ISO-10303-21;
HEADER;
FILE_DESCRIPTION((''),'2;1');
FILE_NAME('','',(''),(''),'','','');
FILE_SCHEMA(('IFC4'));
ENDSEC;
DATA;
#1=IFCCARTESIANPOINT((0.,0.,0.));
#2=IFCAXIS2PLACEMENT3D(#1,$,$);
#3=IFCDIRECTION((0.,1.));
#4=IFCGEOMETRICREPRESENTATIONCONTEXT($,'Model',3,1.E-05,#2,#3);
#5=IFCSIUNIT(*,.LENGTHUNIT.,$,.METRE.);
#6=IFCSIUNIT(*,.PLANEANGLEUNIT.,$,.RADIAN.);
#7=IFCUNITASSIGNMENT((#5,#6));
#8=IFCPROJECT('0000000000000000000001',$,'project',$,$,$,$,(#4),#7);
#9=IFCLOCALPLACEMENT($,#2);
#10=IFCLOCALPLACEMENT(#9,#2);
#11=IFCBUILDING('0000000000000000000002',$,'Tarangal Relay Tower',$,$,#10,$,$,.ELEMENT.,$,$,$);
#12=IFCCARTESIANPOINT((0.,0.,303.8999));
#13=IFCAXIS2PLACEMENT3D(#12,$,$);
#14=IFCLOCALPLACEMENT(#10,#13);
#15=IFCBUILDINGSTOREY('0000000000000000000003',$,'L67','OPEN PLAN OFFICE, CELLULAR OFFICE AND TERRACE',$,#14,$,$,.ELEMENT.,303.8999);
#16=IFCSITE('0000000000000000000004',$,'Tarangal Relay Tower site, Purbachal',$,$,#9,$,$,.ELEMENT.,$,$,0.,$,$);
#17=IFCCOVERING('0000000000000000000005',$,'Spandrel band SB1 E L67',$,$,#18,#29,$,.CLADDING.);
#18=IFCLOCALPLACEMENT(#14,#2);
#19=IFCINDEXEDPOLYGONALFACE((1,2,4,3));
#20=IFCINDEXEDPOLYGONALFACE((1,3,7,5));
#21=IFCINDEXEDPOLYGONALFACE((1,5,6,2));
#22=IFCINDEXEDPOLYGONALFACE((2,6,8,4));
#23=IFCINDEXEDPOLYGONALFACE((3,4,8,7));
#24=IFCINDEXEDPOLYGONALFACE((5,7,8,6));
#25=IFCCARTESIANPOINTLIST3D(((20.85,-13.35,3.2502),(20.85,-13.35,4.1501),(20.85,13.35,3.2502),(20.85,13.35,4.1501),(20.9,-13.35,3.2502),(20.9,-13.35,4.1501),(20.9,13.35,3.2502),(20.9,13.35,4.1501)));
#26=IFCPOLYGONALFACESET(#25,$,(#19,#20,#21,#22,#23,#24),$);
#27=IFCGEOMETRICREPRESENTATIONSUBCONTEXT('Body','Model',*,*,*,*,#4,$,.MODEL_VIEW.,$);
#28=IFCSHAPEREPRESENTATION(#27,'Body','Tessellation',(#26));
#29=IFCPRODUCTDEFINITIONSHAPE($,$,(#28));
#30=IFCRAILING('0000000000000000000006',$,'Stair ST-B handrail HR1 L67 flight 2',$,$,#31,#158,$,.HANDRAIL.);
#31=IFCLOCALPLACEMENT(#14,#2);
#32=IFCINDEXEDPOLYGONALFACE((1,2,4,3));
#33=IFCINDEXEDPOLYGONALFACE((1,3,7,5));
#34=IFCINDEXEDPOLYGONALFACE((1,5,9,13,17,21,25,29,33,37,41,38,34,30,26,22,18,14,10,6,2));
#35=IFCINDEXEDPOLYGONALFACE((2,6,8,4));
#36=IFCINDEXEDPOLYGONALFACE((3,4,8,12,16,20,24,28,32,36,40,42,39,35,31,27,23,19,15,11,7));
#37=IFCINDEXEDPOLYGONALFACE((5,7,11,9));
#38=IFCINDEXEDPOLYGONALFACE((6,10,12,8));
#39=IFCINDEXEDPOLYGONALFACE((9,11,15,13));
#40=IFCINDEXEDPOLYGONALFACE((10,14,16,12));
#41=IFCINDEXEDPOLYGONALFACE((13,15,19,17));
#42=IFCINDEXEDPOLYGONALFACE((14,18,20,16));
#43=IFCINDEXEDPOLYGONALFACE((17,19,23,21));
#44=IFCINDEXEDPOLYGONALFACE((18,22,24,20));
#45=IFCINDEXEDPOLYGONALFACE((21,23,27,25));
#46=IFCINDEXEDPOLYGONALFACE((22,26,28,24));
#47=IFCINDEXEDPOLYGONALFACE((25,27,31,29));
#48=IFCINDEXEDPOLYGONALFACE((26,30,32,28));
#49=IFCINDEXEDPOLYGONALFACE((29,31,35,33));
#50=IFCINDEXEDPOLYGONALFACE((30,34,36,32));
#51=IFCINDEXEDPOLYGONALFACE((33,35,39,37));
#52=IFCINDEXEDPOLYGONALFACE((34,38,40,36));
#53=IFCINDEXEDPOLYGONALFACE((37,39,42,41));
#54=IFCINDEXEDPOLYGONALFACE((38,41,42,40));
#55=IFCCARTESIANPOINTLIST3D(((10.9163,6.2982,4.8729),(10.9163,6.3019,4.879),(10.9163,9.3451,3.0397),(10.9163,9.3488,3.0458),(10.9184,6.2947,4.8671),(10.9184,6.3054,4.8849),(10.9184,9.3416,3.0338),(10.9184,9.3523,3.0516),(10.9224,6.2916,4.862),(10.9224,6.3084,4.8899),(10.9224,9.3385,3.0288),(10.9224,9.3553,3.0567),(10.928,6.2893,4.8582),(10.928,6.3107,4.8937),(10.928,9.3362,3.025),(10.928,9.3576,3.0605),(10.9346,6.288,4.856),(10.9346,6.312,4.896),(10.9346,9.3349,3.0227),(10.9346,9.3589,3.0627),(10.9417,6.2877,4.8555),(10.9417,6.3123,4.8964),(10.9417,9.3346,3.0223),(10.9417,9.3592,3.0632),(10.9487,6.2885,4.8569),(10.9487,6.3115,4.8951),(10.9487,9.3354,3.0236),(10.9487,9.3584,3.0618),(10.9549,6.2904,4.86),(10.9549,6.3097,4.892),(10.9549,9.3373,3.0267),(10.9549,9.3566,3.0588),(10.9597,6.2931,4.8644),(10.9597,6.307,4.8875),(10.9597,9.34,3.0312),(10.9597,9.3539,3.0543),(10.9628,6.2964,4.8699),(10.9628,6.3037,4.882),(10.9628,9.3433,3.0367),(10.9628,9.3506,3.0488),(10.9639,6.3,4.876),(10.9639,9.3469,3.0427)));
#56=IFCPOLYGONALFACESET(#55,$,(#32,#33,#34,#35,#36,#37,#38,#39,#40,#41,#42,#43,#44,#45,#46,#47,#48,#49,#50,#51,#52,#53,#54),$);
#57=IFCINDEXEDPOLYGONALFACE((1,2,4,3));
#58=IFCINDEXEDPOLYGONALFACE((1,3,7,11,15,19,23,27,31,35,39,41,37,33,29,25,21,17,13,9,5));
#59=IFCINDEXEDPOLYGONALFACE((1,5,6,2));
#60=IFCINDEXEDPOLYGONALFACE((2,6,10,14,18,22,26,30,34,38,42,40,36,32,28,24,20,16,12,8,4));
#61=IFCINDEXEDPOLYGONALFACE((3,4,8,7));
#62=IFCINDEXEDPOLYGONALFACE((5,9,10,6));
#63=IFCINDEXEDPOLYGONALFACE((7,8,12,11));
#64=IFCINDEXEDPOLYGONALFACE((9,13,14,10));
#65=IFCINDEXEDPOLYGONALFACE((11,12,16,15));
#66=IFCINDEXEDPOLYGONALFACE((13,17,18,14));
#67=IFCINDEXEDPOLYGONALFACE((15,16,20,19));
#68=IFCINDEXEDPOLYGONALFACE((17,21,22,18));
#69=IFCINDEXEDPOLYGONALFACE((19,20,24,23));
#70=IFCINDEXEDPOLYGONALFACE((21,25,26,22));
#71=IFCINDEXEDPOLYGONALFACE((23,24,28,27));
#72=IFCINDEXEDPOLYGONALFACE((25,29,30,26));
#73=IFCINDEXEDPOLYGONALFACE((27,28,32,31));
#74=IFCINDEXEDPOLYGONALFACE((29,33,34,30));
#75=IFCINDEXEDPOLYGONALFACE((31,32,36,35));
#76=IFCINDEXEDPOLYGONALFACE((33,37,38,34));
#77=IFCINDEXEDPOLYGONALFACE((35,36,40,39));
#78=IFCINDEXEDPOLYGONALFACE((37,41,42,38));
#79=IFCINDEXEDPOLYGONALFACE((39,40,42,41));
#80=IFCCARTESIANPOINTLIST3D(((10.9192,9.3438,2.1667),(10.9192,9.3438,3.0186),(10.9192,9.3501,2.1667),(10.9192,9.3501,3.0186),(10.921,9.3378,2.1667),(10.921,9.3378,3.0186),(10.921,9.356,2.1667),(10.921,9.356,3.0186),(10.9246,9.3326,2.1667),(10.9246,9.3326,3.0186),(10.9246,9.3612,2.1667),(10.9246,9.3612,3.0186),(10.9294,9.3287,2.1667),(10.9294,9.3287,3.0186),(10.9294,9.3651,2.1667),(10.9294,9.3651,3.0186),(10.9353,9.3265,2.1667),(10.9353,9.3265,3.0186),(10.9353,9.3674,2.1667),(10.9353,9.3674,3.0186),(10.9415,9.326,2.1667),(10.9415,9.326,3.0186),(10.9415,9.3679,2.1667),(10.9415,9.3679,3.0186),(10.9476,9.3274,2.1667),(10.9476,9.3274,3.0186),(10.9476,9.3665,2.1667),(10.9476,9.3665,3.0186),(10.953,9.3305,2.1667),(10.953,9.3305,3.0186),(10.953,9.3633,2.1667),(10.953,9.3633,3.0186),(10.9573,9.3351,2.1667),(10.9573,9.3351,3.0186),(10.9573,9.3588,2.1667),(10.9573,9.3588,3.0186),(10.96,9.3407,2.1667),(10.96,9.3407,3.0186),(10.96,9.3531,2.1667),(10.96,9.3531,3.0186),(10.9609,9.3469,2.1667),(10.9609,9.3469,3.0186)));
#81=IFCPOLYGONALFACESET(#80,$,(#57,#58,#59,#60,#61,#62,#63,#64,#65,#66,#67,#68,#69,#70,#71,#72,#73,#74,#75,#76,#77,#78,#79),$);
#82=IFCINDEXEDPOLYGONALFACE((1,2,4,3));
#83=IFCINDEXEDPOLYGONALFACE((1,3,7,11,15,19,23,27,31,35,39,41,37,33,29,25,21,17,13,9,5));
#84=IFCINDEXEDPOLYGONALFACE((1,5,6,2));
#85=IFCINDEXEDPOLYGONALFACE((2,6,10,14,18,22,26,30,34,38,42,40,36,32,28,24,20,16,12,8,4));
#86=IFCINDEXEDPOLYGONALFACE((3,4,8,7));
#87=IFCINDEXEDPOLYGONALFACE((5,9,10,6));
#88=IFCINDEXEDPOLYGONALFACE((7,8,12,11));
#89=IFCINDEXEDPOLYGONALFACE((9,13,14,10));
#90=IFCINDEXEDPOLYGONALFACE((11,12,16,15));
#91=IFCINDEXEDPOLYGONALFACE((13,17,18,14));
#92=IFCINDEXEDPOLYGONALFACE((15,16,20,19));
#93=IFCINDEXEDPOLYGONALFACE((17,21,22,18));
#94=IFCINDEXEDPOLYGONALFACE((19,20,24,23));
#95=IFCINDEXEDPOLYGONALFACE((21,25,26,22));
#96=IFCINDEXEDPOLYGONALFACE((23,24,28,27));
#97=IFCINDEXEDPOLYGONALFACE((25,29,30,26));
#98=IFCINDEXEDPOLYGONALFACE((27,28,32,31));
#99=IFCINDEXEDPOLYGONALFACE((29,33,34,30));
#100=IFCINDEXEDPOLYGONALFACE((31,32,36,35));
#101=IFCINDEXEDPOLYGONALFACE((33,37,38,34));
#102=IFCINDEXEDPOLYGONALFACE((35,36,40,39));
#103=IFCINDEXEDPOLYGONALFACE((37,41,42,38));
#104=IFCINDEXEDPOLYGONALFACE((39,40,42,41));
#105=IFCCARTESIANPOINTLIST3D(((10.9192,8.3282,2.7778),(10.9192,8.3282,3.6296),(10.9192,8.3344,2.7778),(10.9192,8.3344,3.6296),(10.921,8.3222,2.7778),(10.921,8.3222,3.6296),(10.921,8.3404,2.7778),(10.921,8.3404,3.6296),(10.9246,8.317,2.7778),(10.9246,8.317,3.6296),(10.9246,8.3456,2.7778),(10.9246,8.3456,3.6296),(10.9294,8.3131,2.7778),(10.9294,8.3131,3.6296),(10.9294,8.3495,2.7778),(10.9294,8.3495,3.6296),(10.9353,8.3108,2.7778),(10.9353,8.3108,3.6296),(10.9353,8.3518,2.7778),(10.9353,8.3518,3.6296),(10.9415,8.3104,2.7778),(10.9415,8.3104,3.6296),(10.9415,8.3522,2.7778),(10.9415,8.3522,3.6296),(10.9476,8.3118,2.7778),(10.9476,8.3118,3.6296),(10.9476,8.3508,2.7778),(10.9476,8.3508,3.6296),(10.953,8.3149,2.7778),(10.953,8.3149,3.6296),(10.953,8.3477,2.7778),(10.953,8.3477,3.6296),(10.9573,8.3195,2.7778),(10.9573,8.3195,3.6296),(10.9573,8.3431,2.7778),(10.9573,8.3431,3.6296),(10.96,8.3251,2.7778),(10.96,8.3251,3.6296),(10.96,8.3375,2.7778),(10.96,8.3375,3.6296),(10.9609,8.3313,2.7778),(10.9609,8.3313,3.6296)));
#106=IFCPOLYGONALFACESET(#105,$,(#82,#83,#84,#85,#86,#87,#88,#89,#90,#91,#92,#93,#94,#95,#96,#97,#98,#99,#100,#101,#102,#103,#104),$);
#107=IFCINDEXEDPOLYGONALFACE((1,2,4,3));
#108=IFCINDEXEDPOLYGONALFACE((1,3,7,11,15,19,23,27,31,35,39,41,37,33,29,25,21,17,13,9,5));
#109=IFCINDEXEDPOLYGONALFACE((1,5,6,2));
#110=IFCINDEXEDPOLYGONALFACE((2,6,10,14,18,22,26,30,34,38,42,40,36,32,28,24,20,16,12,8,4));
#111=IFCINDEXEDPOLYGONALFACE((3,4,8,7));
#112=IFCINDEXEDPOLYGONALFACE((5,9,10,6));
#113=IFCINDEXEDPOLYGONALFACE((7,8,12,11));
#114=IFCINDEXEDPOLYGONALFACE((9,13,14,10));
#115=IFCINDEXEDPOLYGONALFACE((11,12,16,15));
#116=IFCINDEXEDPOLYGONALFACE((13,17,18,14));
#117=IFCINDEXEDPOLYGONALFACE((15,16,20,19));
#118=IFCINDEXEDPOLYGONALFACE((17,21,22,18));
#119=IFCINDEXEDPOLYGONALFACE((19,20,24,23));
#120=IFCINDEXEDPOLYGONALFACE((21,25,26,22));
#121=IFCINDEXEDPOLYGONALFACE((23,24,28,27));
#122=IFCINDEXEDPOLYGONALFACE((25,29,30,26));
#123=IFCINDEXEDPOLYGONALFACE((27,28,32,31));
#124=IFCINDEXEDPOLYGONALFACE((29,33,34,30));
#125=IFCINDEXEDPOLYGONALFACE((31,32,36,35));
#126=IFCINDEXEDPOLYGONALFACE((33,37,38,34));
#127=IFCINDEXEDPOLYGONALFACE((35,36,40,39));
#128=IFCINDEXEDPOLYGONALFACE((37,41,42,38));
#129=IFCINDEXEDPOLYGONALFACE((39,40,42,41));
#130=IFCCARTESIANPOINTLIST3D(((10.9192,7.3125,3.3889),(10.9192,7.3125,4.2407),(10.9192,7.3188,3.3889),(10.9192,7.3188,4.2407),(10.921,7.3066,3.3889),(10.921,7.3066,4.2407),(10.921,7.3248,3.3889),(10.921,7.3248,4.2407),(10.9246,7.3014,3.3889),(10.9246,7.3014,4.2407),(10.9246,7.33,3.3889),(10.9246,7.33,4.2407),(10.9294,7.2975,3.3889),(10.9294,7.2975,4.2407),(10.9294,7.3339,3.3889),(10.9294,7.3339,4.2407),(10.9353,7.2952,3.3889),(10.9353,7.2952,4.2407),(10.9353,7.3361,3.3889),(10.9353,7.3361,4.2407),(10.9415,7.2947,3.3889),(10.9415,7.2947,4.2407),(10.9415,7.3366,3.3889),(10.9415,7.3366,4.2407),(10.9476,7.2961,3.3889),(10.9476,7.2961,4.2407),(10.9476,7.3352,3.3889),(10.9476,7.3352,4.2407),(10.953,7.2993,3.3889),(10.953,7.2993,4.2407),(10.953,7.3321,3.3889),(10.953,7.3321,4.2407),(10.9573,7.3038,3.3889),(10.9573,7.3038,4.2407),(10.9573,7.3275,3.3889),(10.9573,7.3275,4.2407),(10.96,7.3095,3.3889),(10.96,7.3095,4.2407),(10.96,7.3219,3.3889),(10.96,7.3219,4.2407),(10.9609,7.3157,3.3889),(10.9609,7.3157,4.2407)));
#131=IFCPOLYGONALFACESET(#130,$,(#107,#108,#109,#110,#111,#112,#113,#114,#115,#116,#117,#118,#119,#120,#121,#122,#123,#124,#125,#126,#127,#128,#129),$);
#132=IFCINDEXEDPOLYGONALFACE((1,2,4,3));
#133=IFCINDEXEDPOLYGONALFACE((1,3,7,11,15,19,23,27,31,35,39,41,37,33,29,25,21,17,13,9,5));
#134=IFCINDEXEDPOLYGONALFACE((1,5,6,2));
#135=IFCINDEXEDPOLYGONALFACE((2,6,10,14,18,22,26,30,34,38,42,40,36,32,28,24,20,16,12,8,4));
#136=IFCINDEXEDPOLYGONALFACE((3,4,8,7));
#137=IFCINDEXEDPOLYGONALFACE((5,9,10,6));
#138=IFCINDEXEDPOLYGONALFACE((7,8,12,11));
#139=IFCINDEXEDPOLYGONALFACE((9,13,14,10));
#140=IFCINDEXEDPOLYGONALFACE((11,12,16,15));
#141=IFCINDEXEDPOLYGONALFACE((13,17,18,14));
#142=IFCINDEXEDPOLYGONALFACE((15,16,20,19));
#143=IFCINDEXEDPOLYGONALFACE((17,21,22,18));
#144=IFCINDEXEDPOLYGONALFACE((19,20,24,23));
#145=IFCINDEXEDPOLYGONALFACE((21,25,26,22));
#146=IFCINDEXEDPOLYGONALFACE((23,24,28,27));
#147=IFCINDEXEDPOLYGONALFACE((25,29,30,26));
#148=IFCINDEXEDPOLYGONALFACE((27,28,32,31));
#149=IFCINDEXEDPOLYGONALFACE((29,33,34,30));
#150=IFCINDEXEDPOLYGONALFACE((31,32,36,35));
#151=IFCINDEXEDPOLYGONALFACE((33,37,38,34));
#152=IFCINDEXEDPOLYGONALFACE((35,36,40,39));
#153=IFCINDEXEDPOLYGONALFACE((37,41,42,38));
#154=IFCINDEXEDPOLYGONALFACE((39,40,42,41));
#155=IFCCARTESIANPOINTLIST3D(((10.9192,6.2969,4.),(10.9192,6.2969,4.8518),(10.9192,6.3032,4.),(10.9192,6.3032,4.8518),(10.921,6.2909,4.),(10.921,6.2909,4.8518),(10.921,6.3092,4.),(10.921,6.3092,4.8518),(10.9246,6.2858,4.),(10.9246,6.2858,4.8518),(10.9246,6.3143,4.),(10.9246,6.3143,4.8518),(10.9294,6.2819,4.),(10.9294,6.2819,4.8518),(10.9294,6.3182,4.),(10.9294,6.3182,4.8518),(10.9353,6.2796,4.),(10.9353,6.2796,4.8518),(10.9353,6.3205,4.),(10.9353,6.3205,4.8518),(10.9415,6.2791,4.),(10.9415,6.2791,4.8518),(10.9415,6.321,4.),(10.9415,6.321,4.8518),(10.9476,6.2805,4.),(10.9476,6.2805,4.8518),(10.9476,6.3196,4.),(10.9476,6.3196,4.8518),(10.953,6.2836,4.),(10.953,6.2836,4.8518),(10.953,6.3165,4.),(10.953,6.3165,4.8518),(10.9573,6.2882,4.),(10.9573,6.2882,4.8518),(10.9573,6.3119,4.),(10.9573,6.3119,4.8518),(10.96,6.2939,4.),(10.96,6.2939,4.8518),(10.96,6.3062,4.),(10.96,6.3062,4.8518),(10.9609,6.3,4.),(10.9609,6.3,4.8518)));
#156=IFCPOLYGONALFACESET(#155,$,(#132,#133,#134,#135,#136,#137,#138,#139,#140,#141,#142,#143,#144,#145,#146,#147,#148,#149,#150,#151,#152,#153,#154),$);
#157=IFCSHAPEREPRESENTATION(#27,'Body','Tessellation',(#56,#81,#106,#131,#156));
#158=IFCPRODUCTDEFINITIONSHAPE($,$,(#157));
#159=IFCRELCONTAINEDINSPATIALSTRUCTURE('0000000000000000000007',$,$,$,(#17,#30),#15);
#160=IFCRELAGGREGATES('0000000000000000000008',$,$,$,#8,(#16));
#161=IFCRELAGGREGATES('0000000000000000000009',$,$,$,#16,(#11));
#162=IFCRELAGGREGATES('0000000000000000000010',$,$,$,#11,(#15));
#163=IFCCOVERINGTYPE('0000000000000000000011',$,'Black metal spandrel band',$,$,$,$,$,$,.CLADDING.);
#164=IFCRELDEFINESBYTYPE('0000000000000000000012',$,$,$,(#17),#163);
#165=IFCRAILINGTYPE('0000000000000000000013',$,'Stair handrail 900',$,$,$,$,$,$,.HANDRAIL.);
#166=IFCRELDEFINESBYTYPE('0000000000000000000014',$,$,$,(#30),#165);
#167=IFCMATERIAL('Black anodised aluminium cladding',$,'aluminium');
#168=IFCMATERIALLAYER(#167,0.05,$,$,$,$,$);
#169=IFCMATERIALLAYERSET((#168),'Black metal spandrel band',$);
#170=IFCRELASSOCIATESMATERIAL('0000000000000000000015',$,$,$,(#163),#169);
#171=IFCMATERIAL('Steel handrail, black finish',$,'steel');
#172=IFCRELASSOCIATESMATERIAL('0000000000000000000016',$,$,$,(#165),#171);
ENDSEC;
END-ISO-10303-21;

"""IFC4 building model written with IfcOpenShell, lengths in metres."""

from ifc_helpers import new_model, si_unit, direction, frame, origin, origin_2d, place, context, subcontext, project, spatial, rectangle, circle, extrude, material, layer, layer_set, type_object, element, save


model = new_model("IFC4")

# Units and contexts
model_context = context("Model", 3, precision=1e-05, world=origin(), true_north=direction((0.0, 1.0)))
body_context = subcontext(model_context, "Body", "Model", "MODEL_VIEW")
ifc_project = project(units=[si_unit("LENGTHUNIT", "METRE"), si_unit("PLANEANGLEUNIT", "RADIAN")], contexts=[model_context])

# Site, building, storey
site_placement = place(None, origin())
site = spatial("IfcSite", under=ifc_project, at=site_placement, Name="Tarangal Relay Tower site, Purbachal", CompositionType="ELEMENT", RefElevation=0.0)
building_placement = place(site_placement, origin())
building = spatial("IfcBuilding", under=site, at=building_placement, Name="Tarangal Relay Tower", CompositionType="ELEMENT")
storey_placement = place(building_placement, frame((0.0, 0.0, 303.8999)))
storey = spatial("IfcBuildingStorey", under=building, at=storey_placement, Name="L67", Description="OPEN PLAN OFFICE, CELLULAR OFFICE AND TERRACE", CompositionType="ELEMENT", Elevation=303.8999)

# Covering
ifc_material_1 = material(Name="Black anodised aluminium cladding", Category="aluminium")
ifc_layer_1 = layer(ifc_material_1, 0.05)
ifc_layer_set_1 = layer_set([ifc_layer_1], Name="Black metal spandrel band")
covering_type = type_object("IfcCoveringType", Name="Black metal spandrel band", PredefinedType="CLADDING", material=ifc_layer_set_1)
covering_placement = place(storey_placement, frame((20.875, 0.0, 3.2502), z_axis=(0.0, 0.0, 1.0), x_axis=(0.0, -1.0, 0.0)))
element("IfcCovering", 1, at=covering_placement, inside=storey, type_object=covering_type, Name="Spandrel band SB1 E L67", PredefinedType="CLADDING", context=body_context, shape_type="SweptSolid", body=[
    extrude(rectangle(XDim=26.7, YDim=0.05, at=origin_2d()), origin(), (0.0, 0.0, 1.0), 0.8999),
])

# Railing
ifc_material_2 = material(Name="Steel handrail, black finish", Category="steel")
railing_type = type_object("IfcRailingType", Name="Stair handrail 900", PredefinedType="HANDRAIL", material=ifc_material_2)
railing_placement = place(storey_placement, frame((10.9399, 9.3469, 2.1667)))
element("IfcRailing", 2, at=railing_placement, inside=storey, type_object=railing_type, Name="Stair ST-B handrail HR1 L67 flight 2", PredefinedType="HANDRAIL", context=body_context, shape_type="SweptSolid", body=[
    extrude(circle(Radius=0.0239, at=origin_2d()), frame((0.0, 0.0, 0.876), z_axis=(0.0, -0.856856, 0.515556), x_axis=(1.0, 0.0, 0.0)), (0.0, 0.0, 1.0), 3.5559),
    extrude(circle(Radius=0.021, at=origin_2d()), origin(), (0.0, 0.0, 1.0), 0.8518),
    extrude(circle(Radius=0.021, at=origin_2d()), frame((0.0, -1.0156, 0.6111)), (0.0, 0.0, 1.0), 0.8518),
    extrude(circle(Radius=0.021, at=origin_2d()), frame((0.0, -2.0312, 1.2222)), (0.0, 0.0, 1.0), 0.8518),
    extrude(circle(Radius=0.021, at=origin_2d()), frame((0.0, -3.0469, 1.8333)), (0.0, 0.0, 1.0), 0.8518),
])

save(model, "model.ifc")
